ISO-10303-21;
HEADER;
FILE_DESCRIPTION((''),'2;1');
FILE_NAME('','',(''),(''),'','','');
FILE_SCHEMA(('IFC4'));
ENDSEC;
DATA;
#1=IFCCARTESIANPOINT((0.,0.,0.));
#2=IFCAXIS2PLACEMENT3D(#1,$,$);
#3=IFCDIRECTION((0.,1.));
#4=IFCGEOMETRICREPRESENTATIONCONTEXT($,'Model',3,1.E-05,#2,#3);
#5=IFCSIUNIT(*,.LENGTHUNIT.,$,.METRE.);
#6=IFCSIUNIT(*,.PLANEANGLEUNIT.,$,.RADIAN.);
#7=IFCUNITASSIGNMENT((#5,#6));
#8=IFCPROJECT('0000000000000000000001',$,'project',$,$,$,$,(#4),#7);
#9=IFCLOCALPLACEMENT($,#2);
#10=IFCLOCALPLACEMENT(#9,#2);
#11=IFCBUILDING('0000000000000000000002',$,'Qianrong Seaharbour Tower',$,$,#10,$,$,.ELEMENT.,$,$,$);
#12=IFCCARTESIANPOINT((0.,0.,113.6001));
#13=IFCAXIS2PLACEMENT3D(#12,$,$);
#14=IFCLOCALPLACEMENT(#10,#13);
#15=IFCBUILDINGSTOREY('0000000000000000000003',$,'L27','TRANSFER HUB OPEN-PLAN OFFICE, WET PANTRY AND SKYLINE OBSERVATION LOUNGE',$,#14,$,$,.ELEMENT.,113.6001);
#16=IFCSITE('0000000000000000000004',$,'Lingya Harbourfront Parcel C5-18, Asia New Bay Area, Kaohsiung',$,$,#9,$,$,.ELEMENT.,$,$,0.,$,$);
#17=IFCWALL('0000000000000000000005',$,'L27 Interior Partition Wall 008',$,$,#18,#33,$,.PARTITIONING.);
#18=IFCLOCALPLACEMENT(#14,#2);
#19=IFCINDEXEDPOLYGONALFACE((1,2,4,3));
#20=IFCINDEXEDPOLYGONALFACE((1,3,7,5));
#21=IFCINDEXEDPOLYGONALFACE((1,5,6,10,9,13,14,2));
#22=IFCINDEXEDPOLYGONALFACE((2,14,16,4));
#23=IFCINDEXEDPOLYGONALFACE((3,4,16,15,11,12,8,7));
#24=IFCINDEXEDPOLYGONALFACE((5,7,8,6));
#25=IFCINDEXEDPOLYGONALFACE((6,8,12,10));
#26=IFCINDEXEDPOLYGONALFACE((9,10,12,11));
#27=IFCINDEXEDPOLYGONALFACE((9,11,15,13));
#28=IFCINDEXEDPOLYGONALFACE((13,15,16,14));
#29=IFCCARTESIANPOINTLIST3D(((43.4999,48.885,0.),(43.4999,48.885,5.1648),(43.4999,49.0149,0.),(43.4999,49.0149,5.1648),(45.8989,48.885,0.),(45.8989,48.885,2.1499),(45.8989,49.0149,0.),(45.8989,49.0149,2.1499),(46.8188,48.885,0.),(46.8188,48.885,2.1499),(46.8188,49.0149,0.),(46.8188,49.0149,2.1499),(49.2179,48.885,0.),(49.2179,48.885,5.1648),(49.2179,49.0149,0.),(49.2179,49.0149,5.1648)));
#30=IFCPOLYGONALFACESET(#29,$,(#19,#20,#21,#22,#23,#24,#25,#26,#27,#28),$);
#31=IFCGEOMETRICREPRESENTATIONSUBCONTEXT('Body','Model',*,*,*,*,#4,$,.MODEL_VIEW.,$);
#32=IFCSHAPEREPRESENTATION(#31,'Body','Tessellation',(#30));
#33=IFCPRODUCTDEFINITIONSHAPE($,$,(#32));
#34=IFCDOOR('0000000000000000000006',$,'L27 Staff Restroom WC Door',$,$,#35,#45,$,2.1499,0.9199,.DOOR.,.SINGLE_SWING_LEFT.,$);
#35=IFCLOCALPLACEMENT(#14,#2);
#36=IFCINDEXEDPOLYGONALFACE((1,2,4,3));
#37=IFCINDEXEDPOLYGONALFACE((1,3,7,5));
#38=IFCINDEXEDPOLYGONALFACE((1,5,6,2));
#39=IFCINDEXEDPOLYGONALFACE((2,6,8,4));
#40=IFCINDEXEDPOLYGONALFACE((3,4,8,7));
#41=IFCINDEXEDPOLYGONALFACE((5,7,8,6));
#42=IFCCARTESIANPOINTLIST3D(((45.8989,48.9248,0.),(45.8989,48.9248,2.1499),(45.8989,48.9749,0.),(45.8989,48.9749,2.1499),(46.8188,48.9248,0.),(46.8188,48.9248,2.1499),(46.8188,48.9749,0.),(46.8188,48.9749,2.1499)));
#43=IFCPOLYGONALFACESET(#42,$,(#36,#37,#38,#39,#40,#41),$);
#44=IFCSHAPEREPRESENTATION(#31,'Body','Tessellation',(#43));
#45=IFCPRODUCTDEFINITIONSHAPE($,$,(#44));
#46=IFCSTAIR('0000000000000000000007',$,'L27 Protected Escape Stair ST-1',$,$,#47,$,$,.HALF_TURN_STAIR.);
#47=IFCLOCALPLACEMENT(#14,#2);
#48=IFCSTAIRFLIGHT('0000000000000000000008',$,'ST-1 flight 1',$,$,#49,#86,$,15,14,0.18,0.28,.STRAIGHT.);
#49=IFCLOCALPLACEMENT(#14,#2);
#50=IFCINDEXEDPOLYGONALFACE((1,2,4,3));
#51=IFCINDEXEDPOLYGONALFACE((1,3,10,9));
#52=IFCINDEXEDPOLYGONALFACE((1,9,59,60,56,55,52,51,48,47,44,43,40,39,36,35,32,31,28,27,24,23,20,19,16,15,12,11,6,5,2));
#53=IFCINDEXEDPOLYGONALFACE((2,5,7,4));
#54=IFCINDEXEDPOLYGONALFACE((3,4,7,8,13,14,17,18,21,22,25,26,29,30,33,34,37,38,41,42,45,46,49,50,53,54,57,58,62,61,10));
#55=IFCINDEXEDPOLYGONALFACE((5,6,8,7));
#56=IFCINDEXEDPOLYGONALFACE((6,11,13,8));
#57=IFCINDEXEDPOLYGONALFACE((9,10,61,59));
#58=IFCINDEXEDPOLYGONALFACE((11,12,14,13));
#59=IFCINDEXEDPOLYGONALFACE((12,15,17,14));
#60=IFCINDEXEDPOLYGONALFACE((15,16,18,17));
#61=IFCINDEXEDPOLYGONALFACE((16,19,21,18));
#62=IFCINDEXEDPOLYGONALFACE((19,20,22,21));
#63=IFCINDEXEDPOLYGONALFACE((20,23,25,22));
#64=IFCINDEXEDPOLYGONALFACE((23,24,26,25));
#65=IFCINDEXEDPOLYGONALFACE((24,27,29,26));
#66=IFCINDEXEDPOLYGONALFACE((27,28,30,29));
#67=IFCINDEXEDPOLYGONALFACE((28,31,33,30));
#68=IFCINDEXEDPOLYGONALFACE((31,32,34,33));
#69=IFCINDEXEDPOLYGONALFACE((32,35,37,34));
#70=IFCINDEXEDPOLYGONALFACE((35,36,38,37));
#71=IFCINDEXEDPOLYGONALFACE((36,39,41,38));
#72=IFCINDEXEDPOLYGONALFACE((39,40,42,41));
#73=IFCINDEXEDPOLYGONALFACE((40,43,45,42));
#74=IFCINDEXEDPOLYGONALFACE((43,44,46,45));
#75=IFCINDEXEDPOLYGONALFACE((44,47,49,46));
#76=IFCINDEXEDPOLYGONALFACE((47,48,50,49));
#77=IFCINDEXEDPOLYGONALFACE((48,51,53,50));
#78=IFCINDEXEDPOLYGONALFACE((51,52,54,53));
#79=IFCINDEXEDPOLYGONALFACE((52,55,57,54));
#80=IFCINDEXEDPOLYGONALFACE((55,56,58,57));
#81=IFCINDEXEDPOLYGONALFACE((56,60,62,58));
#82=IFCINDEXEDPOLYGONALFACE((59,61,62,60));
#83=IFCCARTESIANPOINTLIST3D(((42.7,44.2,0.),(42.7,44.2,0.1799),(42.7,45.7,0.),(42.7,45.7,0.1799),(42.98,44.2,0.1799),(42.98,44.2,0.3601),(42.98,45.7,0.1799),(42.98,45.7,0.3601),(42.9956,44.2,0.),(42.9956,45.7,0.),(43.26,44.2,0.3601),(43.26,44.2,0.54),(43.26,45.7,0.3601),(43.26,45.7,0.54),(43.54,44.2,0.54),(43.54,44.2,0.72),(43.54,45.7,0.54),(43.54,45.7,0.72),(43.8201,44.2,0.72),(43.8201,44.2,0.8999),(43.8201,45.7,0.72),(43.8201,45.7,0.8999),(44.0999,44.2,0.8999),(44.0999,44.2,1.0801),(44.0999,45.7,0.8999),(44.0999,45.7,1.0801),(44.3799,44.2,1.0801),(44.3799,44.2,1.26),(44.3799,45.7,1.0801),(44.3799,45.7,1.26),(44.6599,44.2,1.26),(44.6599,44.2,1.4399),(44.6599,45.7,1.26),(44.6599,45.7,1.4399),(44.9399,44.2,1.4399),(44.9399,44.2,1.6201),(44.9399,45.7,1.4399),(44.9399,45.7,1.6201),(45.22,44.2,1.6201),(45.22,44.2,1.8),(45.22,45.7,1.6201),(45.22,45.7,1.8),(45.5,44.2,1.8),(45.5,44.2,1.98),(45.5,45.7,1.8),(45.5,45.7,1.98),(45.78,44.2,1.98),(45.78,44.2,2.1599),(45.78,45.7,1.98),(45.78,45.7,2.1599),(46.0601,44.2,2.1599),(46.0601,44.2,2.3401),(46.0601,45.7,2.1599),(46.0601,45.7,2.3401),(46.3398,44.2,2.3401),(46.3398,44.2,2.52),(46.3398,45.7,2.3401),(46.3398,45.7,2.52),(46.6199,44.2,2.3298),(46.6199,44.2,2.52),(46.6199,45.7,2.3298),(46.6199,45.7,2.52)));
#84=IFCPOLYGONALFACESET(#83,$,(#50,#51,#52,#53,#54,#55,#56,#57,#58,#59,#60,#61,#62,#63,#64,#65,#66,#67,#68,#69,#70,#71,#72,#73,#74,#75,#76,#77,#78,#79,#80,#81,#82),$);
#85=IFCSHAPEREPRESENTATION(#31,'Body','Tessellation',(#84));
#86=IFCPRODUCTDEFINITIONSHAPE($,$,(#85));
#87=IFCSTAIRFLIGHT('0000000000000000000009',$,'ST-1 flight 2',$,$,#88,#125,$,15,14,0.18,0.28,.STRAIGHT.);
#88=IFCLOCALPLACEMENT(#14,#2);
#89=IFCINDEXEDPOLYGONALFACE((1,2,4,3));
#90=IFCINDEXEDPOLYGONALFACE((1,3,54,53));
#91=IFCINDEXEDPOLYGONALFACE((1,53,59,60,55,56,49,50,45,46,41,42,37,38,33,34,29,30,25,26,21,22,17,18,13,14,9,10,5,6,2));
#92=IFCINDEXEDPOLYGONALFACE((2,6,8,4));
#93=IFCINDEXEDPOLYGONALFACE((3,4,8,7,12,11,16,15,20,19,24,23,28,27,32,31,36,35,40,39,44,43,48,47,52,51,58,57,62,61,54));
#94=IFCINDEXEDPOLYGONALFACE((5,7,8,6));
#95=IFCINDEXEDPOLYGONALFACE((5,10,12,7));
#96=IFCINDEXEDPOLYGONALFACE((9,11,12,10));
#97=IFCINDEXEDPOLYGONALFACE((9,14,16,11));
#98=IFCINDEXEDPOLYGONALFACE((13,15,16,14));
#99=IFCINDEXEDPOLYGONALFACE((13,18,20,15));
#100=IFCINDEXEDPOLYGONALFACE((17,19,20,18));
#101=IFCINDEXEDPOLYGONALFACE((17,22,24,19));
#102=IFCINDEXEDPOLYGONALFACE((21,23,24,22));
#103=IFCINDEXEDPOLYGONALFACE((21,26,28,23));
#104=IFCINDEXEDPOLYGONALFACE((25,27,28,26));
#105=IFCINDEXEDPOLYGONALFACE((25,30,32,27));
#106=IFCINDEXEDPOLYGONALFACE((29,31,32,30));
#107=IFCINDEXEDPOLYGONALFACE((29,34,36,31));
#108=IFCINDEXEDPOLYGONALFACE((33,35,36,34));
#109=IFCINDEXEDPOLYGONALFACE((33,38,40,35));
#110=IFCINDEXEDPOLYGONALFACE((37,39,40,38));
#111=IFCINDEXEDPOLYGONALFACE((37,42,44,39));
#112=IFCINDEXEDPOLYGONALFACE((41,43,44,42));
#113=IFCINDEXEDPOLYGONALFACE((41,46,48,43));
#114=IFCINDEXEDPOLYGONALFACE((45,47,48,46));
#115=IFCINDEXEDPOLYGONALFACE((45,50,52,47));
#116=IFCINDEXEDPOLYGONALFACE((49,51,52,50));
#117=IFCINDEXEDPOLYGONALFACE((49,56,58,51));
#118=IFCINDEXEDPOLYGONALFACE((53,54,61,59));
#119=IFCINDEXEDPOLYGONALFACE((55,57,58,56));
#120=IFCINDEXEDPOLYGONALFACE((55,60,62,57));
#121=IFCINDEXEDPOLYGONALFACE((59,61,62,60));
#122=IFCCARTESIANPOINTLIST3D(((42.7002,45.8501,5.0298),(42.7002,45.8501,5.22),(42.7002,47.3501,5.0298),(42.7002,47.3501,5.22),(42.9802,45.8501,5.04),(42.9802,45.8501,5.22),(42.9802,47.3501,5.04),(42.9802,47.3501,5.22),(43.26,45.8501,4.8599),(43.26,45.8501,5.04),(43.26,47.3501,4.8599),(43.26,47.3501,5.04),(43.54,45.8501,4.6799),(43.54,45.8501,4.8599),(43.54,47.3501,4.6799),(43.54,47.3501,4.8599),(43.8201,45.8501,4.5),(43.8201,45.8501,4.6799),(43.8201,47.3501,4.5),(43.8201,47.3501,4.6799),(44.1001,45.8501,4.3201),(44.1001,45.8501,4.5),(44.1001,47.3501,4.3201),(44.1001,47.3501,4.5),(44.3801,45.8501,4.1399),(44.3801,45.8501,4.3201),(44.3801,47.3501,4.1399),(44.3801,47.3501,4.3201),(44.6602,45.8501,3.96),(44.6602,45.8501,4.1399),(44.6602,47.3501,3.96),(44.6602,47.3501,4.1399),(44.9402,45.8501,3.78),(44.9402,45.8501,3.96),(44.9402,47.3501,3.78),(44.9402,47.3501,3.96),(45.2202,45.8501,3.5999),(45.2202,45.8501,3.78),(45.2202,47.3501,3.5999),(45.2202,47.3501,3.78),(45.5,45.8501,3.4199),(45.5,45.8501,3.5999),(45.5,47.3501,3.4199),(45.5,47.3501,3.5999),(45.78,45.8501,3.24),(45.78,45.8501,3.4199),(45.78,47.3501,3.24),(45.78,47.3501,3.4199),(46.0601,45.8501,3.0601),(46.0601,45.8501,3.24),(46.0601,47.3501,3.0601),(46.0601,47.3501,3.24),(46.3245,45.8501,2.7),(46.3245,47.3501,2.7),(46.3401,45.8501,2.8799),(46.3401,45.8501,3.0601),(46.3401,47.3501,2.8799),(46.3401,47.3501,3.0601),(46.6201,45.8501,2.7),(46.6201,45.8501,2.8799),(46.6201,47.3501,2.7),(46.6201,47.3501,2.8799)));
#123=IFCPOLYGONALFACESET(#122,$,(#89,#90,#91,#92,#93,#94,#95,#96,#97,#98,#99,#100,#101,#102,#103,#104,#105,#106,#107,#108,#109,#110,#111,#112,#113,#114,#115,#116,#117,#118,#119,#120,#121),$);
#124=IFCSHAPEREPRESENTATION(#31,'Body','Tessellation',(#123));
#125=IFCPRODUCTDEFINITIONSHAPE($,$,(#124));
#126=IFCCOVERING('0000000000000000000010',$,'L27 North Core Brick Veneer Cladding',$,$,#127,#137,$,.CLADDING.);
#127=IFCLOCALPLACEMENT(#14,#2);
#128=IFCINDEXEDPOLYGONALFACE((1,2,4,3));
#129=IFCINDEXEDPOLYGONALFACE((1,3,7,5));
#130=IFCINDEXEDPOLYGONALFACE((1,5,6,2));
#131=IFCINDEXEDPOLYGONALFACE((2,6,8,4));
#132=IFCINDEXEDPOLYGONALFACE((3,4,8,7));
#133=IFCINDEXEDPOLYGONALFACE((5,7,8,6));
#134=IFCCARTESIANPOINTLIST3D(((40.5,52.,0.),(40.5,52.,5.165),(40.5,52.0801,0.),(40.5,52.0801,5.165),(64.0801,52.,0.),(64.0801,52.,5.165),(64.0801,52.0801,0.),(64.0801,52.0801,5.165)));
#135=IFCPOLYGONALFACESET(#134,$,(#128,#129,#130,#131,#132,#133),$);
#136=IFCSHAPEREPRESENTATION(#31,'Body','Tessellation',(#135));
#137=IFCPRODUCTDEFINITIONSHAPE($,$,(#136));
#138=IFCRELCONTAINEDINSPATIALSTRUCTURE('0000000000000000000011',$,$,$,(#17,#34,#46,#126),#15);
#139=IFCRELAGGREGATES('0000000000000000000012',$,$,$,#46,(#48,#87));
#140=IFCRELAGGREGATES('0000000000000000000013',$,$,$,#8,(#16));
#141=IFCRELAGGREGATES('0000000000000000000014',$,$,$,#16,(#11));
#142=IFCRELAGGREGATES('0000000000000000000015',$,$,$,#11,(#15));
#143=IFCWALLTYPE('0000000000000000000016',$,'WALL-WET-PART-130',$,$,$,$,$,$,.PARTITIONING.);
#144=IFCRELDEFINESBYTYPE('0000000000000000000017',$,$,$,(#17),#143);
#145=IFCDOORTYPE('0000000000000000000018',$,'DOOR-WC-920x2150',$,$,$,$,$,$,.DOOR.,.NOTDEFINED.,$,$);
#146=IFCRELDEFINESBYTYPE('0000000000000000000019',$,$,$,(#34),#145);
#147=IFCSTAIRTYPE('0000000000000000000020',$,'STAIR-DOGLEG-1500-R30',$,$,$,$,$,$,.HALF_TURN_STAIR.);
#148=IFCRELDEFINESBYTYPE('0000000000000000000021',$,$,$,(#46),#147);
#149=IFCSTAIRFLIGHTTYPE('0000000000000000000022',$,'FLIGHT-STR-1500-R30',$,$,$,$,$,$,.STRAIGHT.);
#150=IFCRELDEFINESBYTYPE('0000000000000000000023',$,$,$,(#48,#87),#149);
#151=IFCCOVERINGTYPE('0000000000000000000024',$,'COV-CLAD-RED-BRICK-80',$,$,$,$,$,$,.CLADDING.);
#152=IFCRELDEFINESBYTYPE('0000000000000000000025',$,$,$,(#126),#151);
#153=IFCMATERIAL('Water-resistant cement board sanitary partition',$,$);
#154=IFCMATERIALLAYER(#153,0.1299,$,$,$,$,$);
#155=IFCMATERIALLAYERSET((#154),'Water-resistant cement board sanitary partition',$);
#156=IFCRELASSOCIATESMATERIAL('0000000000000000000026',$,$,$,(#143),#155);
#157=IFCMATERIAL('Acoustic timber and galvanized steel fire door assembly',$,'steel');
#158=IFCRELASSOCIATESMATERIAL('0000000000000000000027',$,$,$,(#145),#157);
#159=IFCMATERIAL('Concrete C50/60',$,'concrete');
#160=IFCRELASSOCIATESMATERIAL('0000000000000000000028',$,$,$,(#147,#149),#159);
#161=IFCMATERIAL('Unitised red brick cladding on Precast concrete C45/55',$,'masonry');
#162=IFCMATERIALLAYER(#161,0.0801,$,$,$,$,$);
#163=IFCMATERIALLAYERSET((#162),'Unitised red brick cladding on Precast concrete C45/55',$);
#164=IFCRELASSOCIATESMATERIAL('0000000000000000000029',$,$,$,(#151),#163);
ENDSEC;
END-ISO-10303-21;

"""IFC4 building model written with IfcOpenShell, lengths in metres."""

from ifc_helpers import new_model, si_unit, direction, frame, frame_2d, origin, origin_2d, place, context, subcontext, project, spatial, polyline, rectangle, outline, extrude, material, layer, layer_set, type_object, element, fill, aggregate, save


model = new_model("IFC4")

# Units and contexts
model_context = context("Model", 3, precision=1e-05, world=origin(), true_north=direction((0.0, 1.0)))
body_context = subcontext(model_context, "Body", "Model", "MODEL_VIEW")
ifc_project = project(units=[si_unit("LENGTHUNIT", "METRE"), si_unit("PLANEANGLEUNIT", "RADIAN")], contexts=[model_context])

# Site, building, storey
site_placement = place(None, origin())
site = spatial("IfcSite", under=ifc_project, at=site_placement, Name="Lingya Harbourfront Parcel C5-18, Asia New Bay Area, Kaohsiung", CompositionType="ELEMENT", RefElevation=0.0)
building_placement = place(site_placement, origin())
building = spatial("IfcBuilding", under=site, at=building_placement, Name="Qianrong Seaharbour Tower", CompositionType="ELEMENT")
storey_placement = place(building_placement, frame((0.0, 0.0, 113.6001)))
storey = spatial("IfcBuildingStorey", under=building, at=storey_placement, Name="L27", Description="TRANSFER HUB OPEN-PLAN OFFICE, WET PANTRY AND SKYLINE OBSERVATION LOUNGE", CompositionType="ELEMENT", Elevation=113.6001)

# Shared definitions
ifc_material_1 = material(Name="Acoustic timber and galvanized steel fire door assembly", Category="steel")

# Shared definitions
ifc_material_2 = material(Name="Concrete C50/60", Category="concrete")

# Wall, opening, door
ifc_material_3 = material(Name="Water-resistant cement board sanitary partition")
ifc_layer_1 = layer(ifc_material_3, 0.1299)
ifc_layer_set_1 = layer_set([ifc_layer_1], Name="Water-resistant cement board sanitary partition")
wall_type_1 = type_object("IfcWallType", Name="WALL-WET-PART-130", PredefinedType="PARTITIONING", material=ifc_layer_set_1)
wall_1_placement = place(storey_placement, frame((43.5, 48.95, 0.0), z_axis=(0.0, 0.0, 1.0), x_axis=(1.0, 0.0, 0.0)))
wall_1 = element("IfcWall", 1, at=wall_1_placement, inside=storey, type_object=wall_type_1, Name="L27 Interior Partition Wall 008", PredefinedType="PARTITIONING", context=body_context, shape_type="SweptSolid", body=[
    extrude(rectangle(XDim=5.718, YDim=0.1299, at=frame_2d((2.8589, 0.0))), origin(), (0.0, 0.0, 1.0), 5.1648),
])
opening_1_placement = place(wall_1_placement, frame((2.3989, 0.0, 0.0)))
opening_1 = element("IfcOpeningElement", 2, at=opening_1_placement, cuts=wall_1, PredefinedType="OPENING", context=body_context, shape_type="SweptSolid", body=[
    extrude(rectangle(XDim=0.9199, YDim=2.1499, at=frame_2d((0.46, 1.075))), frame((0.0, 0.075, 0.0), z_axis=(0.0, -1.0, 0.0), x_axis=(1.0, 0.0, 0.0)), (0.0, 0.0, 1.0), 0.1499),
])
door_type_1 = type_object("IfcDoorType", Name="DOOR-WC-920x2150", OperationType="NOTDEFINED", PredefinedType="DOOR", material=ifc_material_1)
door_1_placement = place(opening_1_placement, origin())
door_1 = element("IfcDoor", 3, at=door_1_placement, inside=storey, type_object=door_type_1, Name="L27 Staff Restroom WC Door", OperationType="SINGLE_SWING_LEFT", OverallHeight=2.1499, OverallWidth=0.9199, PredefinedType="DOOR", context=body_context, shape_type="SweptSolid", body=[
    extrude(rectangle(XDim=0.9199, YDim=2.1499, at=frame_2d((0.46, 1.075))), frame((0.0, 0.0249, 0.0), z_axis=(0.0, -1.0, 0.0), x_axis=(1.0, 0.0, 0.0)), (0.0, 0.0, 1.0), 0.05),
])
fill(opening_1, door_1)

# Stair, stair flights
stair_type = type_object("IfcStairType", Name="STAIR-DOGLEG-1500-R30", PredefinedType="HALF_TURN_STAIR", material=ifc_material_2)
stair_placement = place(storey_placement, origin())
stair = element("IfcStair", 4, at=stair_placement, inside=storey, type_object=stair_type, Name="L27 Protected Escape Stair ST-1", PredefinedType="HALF_TURN_STAIR")
stair_flight_type = type_object("IfcStairFlightType", Name="FLIGHT-STR-1500-R30", PredefinedType="STRAIGHT", material=ifc_material_2)
stair_flight_1_placement = place(storey_placement, frame((42.7, 44.95, 0.0), z_axis=(0.0, 0.0, 1.0), x_axis=(1.0, 0.0, 0.0)))
stair_flight_1 = element("IfcStairFlight", 5, at=stair_flight_1_placement, type_object=stair_flight_type, Name="ST-1 flight 1", NumberOfRisers=15, NumberOfTreads=14, PredefinedType="STRAIGHT", RiserHeight=0.18, TreadLength=0.28, context=body_context, shape_type="SweptSolid", body=[
    extrude(outline(polyline([(0.0, 0.0), (0.0, 0.1799), (0.28, 0.1799), (0.28, 0.3601), (0.5601, 0.3601), (0.5601, 0.54), (0.8401, 0.54), (0.8401, 0.72), (1.1201, 0.72), (1.1201, 0.8999), (1.3999, 0.8999), (1.3999, 1.0801), (1.6799, 1.0801), (1.6799, 1.26), (1.96, 1.26), (1.96, 1.4399), (2.24, 1.4399), (2.24, 1.6201), (2.52, 1.6201), (2.52, 1.8), (2.8, 1.8), (2.8, 1.98), (3.0801, 1.98), (3.0801, 2.1599), (3.3601, 2.1599), (3.3601, 2.3401), (3.6399, 2.3401), (3.6399, 2.52), (3.9199, 2.52), (3.9199, 2.7), (3.9199, 2.3298), (0.2957, 0.0), (0.0, 0.0)])), frame((0.0, 0.75, 0.0), z_axis=(0.0, -1.0, 0.0), x_axis=(1.0, 0.0, 0.0)), (0.0, 0.0, 1.0), 1.5),
])
stair_flight_2_placement = place(storey_placement, frame((46.6201, 46.6001, 2.7), z_axis=(0.0, 0.0, 1.0), x_axis=(-1.0, 0.0, 0.0)))
stair_flight_2 = element("IfcStairFlight", 6, at=stair_flight_2_placement, type_object=stair_flight_type, Name="ST-1 flight 2", NumberOfRisers=15, NumberOfTreads=14, PredefinedType="STRAIGHT", RiserHeight=0.18, TreadLength=0.28, context=body_context, shape_type="SweptSolid", body=[
    extrude(outline(polyline([(0.0, 0.0), (0.0, 0.1799), (0.28, 0.1799), (0.28, 0.3601), (0.5601, 0.3601), (0.5601, 0.54), (0.8401, 0.54), (0.8401, 0.72), (1.1201, 0.72), (1.1201, 0.8999), (1.3999, 0.8999), (1.3999, 1.0801), (1.6799, 1.0801), (1.6799, 1.26), (1.96, 1.26), (1.96, 1.4399), (2.24, 1.4399), (2.24, 1.6201), (2.52, 1.6201), (2.52, 1.8), (2.8, 1.8), (2.8, 1.98), (3.0801, 1.98), (3.0801, 2.1599), (3.3601, 2.1599), (3.3601, 2.3401), (3.6399, 2.3401), (3.6399, 2.52), (3.9199, 2.52), (3.9199, 2.7), (3.9199, 2.3298), (0.2957, 0.0), (0.0, 0.0)])), frame((0.0, 0.75, 0.0), z_axis=(0.0, -1.0, 0.0), x_axis=(1.0, 0.0, 0.0)), (0.0, 0.0, 1.0), 1.5),
])
aggregate(stair, [stair_flight_1, stair_flight_2])

# Covering
ifc_material_4 = material(Name="Unitised red brick cladding on Precast concrete C45/55", Category="masonry")
ifc_layer_2 = layer(ifc_material_4, 0.0801)
ifc_layer_set_2 = layer_set([ifc_layer_2], Name="Unitised red brick cladding on Precast concrete C45/55")
covering_type = type_object("IfcCoveringType", Name="COV-CLAD-RED-BRICK-80", PredefinedType="CLADDING", material=ifc_layer_set_2)
covering_placement = place(storey_placement, frame((52.29, 52.04, 0.0), z_axis=(0.0, 0.0, 1.0), x_axis=(1.0, 0.0, 0.0)))
element("IfcCovering", 7, at=covering_placement, inside=storey, type_object=covering_type, Name="L27 North Core Brick Veneer Cladding", PredefinedType="CLADDING", context=body_context, shape_type="SweptSolid", body=[
    extrude(rectangle(XDim=23.5801, YDim=0.0801, at=origin_2d()), origin(), (0.0, 0.0, 1.0), 5.165),
])

save(model, "model.ifc")
